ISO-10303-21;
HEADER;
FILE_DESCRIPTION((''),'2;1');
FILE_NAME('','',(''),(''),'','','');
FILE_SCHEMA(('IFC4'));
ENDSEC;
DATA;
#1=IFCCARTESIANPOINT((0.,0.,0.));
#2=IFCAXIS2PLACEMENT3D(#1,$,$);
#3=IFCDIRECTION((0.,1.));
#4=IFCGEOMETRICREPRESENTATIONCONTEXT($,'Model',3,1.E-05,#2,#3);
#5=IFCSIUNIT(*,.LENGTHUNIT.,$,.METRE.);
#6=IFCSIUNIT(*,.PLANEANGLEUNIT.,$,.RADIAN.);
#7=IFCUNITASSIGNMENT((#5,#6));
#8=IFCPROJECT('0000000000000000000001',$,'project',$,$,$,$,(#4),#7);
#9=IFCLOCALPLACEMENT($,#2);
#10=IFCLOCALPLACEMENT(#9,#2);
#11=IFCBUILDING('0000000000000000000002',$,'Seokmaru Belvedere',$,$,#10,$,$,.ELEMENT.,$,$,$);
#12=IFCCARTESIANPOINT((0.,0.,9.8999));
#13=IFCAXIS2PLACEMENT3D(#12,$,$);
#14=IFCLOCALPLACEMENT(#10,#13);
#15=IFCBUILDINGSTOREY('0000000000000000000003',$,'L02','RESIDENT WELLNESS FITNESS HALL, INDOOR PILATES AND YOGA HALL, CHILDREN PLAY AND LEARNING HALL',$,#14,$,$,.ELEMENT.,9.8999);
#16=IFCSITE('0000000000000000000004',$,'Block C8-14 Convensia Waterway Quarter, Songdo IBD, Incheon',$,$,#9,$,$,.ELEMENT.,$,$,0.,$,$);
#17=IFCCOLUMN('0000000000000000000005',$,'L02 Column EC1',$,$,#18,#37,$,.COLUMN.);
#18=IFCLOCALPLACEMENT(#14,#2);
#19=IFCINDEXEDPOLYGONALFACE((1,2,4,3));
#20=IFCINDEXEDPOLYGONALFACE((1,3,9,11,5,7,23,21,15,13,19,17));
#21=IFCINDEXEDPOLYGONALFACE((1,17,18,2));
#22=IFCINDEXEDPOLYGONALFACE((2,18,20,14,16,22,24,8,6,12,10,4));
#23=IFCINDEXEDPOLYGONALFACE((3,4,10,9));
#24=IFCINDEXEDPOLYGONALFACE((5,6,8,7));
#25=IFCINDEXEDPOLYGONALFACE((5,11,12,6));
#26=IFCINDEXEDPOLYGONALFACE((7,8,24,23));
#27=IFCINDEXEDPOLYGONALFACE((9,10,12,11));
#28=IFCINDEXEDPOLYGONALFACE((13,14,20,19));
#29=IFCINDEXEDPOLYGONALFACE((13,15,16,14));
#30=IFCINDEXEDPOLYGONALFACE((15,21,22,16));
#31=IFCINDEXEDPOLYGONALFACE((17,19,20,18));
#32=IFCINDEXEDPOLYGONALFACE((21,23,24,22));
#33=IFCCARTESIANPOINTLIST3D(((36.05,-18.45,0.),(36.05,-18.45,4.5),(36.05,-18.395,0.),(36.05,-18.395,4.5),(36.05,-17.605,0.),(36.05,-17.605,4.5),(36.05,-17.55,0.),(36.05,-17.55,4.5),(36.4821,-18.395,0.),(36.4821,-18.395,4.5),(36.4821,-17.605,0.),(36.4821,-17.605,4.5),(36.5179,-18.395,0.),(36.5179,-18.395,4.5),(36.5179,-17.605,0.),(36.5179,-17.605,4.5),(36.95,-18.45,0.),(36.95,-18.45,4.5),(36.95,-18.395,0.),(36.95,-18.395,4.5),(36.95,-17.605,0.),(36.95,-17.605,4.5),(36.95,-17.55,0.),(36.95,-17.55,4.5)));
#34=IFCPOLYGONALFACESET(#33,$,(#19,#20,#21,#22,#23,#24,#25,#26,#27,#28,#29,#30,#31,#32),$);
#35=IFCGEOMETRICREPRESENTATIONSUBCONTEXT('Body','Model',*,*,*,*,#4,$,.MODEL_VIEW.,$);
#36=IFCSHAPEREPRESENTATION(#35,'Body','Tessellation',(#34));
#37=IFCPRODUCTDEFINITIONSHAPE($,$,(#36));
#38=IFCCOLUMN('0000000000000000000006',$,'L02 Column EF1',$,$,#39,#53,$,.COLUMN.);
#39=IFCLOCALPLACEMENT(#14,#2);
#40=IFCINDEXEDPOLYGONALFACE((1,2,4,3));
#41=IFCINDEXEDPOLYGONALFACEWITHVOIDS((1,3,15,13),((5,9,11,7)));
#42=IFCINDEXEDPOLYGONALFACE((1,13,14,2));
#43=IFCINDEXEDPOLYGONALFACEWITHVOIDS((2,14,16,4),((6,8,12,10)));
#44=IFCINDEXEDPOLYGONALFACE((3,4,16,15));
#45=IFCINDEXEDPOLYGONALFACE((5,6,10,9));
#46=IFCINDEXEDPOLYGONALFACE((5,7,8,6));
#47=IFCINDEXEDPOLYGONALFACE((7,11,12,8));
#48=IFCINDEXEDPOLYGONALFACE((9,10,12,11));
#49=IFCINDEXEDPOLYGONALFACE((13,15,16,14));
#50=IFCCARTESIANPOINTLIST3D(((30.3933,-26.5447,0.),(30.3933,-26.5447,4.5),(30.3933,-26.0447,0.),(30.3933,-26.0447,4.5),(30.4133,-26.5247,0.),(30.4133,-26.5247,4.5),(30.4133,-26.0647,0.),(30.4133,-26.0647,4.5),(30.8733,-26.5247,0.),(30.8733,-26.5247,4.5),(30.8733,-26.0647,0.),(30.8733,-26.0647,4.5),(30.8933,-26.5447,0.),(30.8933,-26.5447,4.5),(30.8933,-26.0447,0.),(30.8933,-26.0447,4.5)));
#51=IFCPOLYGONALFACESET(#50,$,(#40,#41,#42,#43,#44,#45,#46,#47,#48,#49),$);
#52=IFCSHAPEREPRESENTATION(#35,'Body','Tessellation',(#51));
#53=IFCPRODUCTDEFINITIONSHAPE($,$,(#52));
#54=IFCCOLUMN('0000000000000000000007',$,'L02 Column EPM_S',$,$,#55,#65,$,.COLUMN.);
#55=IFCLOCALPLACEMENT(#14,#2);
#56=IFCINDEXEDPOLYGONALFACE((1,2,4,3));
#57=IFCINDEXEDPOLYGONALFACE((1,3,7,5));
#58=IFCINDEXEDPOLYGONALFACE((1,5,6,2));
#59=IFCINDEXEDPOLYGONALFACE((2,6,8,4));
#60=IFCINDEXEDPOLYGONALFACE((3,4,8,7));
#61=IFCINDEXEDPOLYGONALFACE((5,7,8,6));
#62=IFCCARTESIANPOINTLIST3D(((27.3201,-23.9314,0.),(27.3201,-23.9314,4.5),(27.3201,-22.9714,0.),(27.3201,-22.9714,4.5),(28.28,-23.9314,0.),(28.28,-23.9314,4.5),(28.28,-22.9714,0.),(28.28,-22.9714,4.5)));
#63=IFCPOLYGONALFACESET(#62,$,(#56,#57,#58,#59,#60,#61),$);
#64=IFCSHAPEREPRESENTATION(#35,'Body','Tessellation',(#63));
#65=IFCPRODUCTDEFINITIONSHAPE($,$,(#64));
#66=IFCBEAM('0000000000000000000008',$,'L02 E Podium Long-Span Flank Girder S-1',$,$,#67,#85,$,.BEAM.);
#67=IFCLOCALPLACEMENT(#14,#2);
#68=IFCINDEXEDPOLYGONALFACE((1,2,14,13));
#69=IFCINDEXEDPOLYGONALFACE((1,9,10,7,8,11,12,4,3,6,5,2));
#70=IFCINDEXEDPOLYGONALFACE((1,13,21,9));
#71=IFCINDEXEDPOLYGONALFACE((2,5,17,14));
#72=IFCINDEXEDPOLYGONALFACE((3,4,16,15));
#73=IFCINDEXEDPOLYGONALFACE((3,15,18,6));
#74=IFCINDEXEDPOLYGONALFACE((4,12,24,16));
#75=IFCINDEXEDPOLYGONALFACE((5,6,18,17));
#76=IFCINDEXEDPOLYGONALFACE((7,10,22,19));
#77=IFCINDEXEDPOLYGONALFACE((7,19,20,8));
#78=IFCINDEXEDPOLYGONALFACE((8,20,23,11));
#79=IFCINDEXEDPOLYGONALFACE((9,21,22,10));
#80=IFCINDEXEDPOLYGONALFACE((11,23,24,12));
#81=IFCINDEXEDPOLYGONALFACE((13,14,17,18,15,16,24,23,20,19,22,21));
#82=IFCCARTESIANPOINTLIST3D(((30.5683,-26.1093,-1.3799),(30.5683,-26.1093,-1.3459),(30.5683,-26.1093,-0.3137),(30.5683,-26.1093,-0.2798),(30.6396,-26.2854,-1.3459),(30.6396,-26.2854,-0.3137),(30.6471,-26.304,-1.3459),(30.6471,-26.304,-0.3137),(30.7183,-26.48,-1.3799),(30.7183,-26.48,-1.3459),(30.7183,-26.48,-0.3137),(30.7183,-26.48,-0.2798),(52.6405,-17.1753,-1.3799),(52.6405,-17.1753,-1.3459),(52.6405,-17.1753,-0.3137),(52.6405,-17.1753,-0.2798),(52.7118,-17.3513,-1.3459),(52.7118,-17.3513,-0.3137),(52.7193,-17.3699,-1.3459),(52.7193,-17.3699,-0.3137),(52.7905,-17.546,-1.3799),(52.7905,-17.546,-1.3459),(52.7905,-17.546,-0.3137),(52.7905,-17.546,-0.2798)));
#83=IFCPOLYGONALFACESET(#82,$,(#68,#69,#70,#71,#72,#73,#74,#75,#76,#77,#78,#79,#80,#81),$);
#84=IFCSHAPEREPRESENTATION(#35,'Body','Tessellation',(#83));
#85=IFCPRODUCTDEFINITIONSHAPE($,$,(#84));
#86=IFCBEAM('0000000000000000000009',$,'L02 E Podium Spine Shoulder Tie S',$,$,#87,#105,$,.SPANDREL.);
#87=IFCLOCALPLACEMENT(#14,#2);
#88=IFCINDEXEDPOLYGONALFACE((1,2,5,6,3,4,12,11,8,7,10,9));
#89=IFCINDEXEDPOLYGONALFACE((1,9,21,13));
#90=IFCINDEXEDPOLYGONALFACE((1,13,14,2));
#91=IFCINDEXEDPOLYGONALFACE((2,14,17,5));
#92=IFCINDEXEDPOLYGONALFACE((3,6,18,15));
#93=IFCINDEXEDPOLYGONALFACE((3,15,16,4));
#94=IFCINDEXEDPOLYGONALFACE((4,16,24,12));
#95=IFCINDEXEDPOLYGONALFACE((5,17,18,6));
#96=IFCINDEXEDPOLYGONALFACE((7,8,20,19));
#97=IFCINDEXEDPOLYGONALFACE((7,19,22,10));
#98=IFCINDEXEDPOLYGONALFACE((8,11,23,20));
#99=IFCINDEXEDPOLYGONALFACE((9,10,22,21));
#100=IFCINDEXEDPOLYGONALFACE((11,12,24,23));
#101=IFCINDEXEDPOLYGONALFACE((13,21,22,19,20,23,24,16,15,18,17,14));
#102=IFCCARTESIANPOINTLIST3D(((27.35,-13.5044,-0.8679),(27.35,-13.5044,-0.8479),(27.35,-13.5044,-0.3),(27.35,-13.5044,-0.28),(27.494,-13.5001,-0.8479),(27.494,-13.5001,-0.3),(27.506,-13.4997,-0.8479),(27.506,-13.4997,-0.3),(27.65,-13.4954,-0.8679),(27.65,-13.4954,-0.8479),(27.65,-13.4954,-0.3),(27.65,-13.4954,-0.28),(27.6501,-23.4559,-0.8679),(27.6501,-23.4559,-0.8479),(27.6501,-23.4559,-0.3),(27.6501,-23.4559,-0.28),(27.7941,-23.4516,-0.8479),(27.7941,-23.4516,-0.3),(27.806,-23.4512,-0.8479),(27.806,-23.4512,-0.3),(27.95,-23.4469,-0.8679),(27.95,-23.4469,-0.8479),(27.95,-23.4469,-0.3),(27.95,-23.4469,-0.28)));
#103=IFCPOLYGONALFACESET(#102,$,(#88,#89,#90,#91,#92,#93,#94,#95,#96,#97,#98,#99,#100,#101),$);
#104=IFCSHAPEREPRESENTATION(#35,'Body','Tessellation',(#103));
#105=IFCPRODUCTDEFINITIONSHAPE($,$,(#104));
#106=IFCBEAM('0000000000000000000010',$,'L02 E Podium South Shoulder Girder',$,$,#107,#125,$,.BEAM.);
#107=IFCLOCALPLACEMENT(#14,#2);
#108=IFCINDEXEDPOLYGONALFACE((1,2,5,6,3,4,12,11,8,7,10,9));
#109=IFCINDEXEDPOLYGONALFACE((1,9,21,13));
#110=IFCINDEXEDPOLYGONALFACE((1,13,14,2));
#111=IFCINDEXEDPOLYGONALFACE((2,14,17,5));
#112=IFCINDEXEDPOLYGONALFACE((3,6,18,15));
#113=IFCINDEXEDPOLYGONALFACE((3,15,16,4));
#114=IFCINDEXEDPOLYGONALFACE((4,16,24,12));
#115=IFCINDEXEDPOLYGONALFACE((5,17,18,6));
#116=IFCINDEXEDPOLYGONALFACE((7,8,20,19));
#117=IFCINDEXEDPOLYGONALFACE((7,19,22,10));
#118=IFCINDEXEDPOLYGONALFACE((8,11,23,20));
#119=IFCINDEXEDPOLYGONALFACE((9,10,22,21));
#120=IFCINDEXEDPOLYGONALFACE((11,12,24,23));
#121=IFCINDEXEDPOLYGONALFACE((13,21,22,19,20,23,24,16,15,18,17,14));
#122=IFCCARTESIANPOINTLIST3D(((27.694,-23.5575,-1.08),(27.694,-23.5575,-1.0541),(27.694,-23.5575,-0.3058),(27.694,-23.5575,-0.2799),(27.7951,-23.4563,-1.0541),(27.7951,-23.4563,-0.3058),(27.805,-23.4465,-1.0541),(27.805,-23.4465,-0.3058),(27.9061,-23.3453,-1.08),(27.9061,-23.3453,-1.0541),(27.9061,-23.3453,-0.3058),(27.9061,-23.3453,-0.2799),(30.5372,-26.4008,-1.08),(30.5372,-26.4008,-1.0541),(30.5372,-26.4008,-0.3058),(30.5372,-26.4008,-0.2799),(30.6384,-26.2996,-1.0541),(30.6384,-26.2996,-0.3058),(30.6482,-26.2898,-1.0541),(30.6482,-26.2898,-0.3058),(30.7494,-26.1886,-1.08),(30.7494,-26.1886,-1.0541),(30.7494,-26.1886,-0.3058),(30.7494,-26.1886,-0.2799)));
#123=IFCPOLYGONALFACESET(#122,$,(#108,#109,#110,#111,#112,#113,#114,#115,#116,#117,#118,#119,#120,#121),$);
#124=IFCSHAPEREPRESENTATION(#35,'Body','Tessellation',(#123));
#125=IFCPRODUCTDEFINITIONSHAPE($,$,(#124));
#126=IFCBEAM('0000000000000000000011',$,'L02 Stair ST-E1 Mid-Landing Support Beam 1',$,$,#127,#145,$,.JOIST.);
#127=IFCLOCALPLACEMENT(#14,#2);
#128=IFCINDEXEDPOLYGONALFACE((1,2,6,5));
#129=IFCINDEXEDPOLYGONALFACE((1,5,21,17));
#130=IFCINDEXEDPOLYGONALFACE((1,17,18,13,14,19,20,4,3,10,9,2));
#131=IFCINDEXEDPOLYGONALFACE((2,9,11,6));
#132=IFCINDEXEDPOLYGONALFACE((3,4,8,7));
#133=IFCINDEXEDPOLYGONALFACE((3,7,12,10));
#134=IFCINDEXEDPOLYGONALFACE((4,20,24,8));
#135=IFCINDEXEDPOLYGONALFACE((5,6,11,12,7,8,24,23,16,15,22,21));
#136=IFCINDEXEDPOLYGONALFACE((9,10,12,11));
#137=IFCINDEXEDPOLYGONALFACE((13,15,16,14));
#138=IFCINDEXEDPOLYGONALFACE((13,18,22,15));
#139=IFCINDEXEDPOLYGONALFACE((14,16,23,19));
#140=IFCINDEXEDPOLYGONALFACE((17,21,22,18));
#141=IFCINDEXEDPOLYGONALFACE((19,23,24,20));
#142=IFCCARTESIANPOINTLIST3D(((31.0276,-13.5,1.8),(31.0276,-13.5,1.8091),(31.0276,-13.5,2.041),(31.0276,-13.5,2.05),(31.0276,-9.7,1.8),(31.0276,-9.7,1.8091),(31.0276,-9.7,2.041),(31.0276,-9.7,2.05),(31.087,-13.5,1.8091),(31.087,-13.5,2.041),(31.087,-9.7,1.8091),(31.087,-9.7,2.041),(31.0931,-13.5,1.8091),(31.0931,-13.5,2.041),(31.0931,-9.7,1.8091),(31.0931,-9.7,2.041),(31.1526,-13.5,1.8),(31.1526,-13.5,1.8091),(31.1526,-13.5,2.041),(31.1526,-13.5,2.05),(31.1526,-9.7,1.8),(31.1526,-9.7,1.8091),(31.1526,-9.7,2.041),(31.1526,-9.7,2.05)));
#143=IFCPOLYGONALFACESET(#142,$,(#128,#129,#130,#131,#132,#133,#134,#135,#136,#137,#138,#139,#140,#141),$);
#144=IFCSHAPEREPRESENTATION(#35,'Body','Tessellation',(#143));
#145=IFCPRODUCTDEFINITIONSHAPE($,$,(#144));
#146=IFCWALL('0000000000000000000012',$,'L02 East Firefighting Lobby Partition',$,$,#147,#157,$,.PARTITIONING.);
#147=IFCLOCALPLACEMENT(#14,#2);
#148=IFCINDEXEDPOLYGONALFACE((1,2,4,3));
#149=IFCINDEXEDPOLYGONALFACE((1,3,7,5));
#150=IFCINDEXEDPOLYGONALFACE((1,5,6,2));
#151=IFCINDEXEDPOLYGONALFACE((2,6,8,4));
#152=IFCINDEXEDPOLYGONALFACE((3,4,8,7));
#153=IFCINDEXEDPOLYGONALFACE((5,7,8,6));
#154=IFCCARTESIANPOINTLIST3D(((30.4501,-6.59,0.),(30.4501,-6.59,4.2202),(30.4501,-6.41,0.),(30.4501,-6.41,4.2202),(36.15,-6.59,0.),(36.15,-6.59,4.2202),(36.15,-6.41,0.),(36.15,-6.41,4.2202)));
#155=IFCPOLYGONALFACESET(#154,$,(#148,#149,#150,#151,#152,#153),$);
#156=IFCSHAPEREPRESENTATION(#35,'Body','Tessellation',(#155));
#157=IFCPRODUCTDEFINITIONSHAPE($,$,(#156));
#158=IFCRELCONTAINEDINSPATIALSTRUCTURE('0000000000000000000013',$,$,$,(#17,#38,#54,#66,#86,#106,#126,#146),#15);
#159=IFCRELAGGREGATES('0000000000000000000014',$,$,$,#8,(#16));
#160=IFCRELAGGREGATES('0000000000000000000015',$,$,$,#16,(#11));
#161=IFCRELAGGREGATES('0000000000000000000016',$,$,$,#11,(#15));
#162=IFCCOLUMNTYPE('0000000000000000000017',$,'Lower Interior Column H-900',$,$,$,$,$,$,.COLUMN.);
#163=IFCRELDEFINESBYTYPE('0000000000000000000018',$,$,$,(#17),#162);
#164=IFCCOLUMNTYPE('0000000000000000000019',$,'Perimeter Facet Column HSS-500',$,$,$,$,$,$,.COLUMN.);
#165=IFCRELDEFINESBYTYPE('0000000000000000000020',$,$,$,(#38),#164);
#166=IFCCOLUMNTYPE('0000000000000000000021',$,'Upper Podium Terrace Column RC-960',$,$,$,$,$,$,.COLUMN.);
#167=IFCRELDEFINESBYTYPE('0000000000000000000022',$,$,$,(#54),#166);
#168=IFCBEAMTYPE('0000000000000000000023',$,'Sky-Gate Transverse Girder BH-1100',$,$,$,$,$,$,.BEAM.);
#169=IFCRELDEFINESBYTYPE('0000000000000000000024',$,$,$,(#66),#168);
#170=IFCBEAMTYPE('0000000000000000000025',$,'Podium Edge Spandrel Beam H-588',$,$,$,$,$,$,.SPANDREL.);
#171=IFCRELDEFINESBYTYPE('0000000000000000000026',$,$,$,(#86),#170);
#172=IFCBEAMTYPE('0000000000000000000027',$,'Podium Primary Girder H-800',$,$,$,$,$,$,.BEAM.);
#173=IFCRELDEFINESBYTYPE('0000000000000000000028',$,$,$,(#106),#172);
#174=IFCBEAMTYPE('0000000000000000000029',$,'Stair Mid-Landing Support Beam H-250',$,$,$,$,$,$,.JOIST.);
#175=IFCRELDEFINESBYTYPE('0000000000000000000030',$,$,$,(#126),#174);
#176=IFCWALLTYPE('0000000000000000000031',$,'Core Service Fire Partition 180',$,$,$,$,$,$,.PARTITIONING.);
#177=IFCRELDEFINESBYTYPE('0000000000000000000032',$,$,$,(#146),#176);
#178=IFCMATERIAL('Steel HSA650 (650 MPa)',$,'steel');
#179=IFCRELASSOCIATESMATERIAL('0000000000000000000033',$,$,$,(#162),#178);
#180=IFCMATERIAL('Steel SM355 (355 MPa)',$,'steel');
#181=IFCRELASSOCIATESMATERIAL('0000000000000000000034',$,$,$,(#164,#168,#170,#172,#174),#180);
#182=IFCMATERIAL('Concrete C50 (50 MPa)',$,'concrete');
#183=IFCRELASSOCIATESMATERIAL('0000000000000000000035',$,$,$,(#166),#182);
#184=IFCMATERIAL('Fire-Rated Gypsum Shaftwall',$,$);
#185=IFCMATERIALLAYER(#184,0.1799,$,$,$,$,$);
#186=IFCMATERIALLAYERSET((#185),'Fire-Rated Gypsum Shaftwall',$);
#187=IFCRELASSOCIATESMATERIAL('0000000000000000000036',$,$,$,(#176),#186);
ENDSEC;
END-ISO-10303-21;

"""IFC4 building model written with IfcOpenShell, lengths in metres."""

from ifc_helpers import new_model, si_unit, direction, frame, frame_2d, origin, origin_2d, place, context, subcontext, project, spatial, rectangle, hollow_rectangle, i_section, extrude, source, transform, mapped, material, layer, layer_set, material_profile, profile_set, type_object, type_shapes, element, save


model = new_model("IFC4")

# Units and contexts
model_context = context("Model", 3, precision=1e-05, world=origin(), true_north=direction((0.0, 1.0)))
body_context = subcontext(model_context, "Body", "Model", "MODEL_VIEW")
ifc_project = project(units=[si_unit("LENGTHUNIT", "METRE"), si_unit("PLANEANGLEUNIT", "RADIAN")], contexts=[model_context])

# Site, building, storey
site_placement = place(None, origin())
site = spatial("IfcSite", under=ifc_project, at=site_placement, Name="Block C8-14 Convensia Waterway Quarter, Songdo IBD, Incheon", CompositionType="ELEMENT", RefElevation=0.0)
building_placement = place(site_placement, origin())
building = spatial("IfcBuilding", under=site, at=building_placement, Name="Seokmaru Belvedere", CompositionType="ELEMENT")
storey_placement = place(building_placement, frame((0.0, 0.0, 9.8999)))
storey = spatial("IfcBuildingStorey", under=building, at=storey_placement, Name="L02", Description="RESIDENT WELLNESS FITNESS HALL, INDOOR PILATES AND YOGA HALL, CHILDREN PLAY AND LEARNING HALL", CompositionType="ELEMENT", Elevation=9.8999)

# Columns
ifc_material_1 = material(Name="Steel HSA650 (650 MPa)", Category="steel")
ifc_material_profile_1 = material_profile(ifc_material_1, i_section(OverallWidth=0.8999, OverallDepth=0.8999, WebThickness=0.0359, FlangeThickness=0.0549, at=origin_2d()), Name="H-900x900x36x55")
ifc_profile_set_1 = profile_set([ifc_material_profile_1], Name="Steel HSA650 (650 MPa)")
column_type_1 = type_object("IfcColumnType", Name="Lower Interior Column H-900", PredefinedType="COLUMN", material=ifc_profile_set_1)
shared_shape_1 = source(origin(), body_context, "Body", "SweptSolid", [
    extrude(i_section(OverallWidth=0.8999, OverallDepth=0.8999, WebThickness=0.0359, FlangeThickness=0.0549, at=origin_2d()), origin(), (0.0, 0.0, 1.0), 4.5),
])
type_shapes(column_type_1, [shared_shape_1])
column_1_placement = place(storey_placement, frame((36.5, -18.0, 0.0), z_axis=(0.0, 0.0, 1.0), x_axis=(1.0, 0.0, 0.0)))
element("IfcColumn", 1, at=column_1_placement, inside=storey, type_object=column_type_1, Name="L02 Column EC1", PredefinedType="COLUMN", context=body_context, shape_type="MappedRepresentation", body=[
    mapped(shared_shape_1, transform((0.0, 0.0, 0.0), scale=1.0)),
])
ifc_material_2 = material(Name="Steel SM355 (355 MPa)", Category="steel")
ifc_material_profile_2 = material_profile(ifc_material_2, hollow_rectangle(XDim=0.5, YDim=0.5, WallThickness=0.02, at=origin_2d()), Name="HSS-500x500x20")
ifc_profile_set_2 = profile_set([ifc_material_profile_2], Name="Steel SM355 (355 MPa)")
column_type_2 = type_object("IfcColumnType", Name="Perimeter Facet Column HSS-500", PredefinedType="COLUMN", material=ifc_profile_set_2)
shared_shape_2 = source(origin(), body_context, "Body", "SweptSolid", [
    extrude(hollow_rectangle(XDim=0.5, YDim=0.5, WallThickness=0.02, at=origin_2d()), origin(), (0.0, 0.0, 1.0), 4.5),
])
type_shapes(column_type_2, [shared_shape_2])
column_2_placement = place(storey_placement, frame((30.6433, -26.2947, 0.0), z_axis=(0.0, 0.0, 1.0), x_axis=(1.0, 0.0, 0.0)))
element("IfcColumn", 2, at=column_2_placement, inside=storey, type_object=column_type_2, Name="L02 Column EF1", PredefinedType="COLUMN", context=body_context, shape_type="MappedRepresentation", body=[
    mapped(shared_shape_2, transform((0.0, 0.0, 0.0), scale=1.0)),
])
ifc_material_3 = material(Name="Concrete C50 (50 MPa)", Category="concrete")
ifc_material_profile_3 = material_profile(ifc_material_3, rectangle(XDim=0.96, YDim=0.96, at=origin_2d()), Name="RC-960x960")
ifc_profile_set_3 = profile_set([ifc_material_profile_3], Name="Concrete C50 (50 MPa)")
column_type_3 = type_object("IfcColumnType", Name="Upper Podium Terrace Column RC-960", PredefinedType="COLUMN", material=ifc_profile_set_3)
shared_shape_3 = source(origin(), body_context, "Body", "SweptSolid", [
    extrude(rectangle(XDim=0.96, YDim=0.96, at=origin_2d()), origin(), (0.0, 0.0, 1.0), 4.5),
])
type_shapes(column_type_3, [shared_shape_3])
column_3_placement = place(storey_placement, frame((27.8, -23.4514, 0.0), z_axis=(0.0, 0.0, 1.0), x_axis=(1.0, 0.0, 0.0)))
element("IfcColumn", 3, at=column_3_placement, inside=storey, type_object=column_type_3, Name="L02 Column EPM_S", PredefinedType="COLUMN", context=body_context, shape_type="MappedRepresentation", body=[
    mapped(shared_shape_3, transform((0.0, 0.0, 0.0), scale=1.0)),
])

# Beams
ifc_material_profile_4 = material_profile(ifc_material_2, i_section(OverallWidth=0.3999, OverallDepth=1.1001, WebThickness=0.02, FlangeThickness=0.0339, at=origin_2d()), Name="BH-1100x400x20x34")
ifc_profile_set_4 = profile_set([ifc_material_profile_4], Name="Steel SM355 (355 MPa)")
beam_type_1 = type_object("IfcBeamType", Name="Sky-Gate Transverse Girder BH-1100", PredefinedType="BEAM", material=ifc_profile_set_4)
shared_shape_4 = source(origin(), body_context, "Body", "SweptSolid", [
    extrude(i_section(OverallWidth=0.3999, OverallDepth=1.1001, WebThickness=0.02, FlangeThickness=0.0339, at=origin_2d()), origin(), (0.0, 0.0, 1.0), 23.8118),
])
type_shapes(beam_type_1, [shared_shape_4])
beam_1_placement = place(storey_placement, frame((30.6433, -26.2947, -0.8298), z_axis=(0.926946, 0.375195, 0.0), x_axis=(-0.375195, 0.926946, 0.0)))
element("IfcBeam", 4, at=beam_1_placement, inside=storey, type_object=beam_type_1, Name="L02 E Podium Long-Span Flank Girder S-1", PredefinedType="BEAM", context=body_context, shape_type="MappedRepresentation", body=[
    mapped(shared_shape_4, transform((0.0, 0.0, 0.0), scale=1.0)),
])
ifc_material_profile_5 = material_profile(ifc_material_2, i_section(OverallWidth=0.3, OverallDepth=0.5879, WebThickness=0.012, FlangeThickness=0.02, at=origin_2d()), Name="H-588x300x12x20")
ifc_profile_set_5 = profile_set([ifc_material_profile_5], Name="Steel SM355 (355 MPa)")
beam_type_2 = type_object("IfcBeamType", Name="Podium Edge Spandrel Beam H-588", PredefinedType="SPANDREL", material=ifc_profile_set_5)
shared_shape_5 = source(origin(), body_context, "Body", "SweptSolid", [
    extrude(i_section(OverallWidth=0.3, OverallDepth=0.5879, WebThickness=0.012, FlangeThickness=0.02, at=origin_2d()), origin(), (0.0, 0.0, 1.0), 9.9561),
])
type_shapes(beam_type_2, [shared_shape_5])
beam_2_placement = place(storey_placement, frame((27.8, -23.4514, -0.574), z_axis=(-0.030138, 0.999546, 0.0), x_axis=(-0.999546, -0.030138, 0.0)))
element("IfcBeam", 5, at=beam_2_placement, inside=storey, type_object=beam_type_2, Name="L02 E Podium Spine Shoulder Tie S", PredefinedType="SPANDREL", context=body_context, shape_type="MappedRepresentation", body=[
    mapped(shared_shape_5, transform((0.0, 0.0, 0.0), scale=1.0)),
])
ifc_material_profile_6 = material_profile(ifc_material_2, i_section(OverallWidth=0.3, OverallDepth=0.8, WebThickness=0.0139, FlangeThickness=0.0259, at=origin_2d()), Name="H-800x300x14x26")
ifc_profile_set_6 = profile_set([ifc_material_profile_6], Name="Steel SM355 (355 MPa)")
beam_type_3 = type_object("IfcBeamType", Name="Podium Primary Girder H-800", PredefinedType="BEAM", material=ifc_profile_set_6)
shared_shape_6 = source(origin(), body_context, "Body", "SweptSolid", [
    extrude(i_section(OverallWidth=0.3, OverallDepth=0.8, WebThickness=0.0139, FlangeThickness=0.0259, at=origin_2d()), origin(), (0.0, 0.0, 1.0), 4.021),
])
type_shapes(beam_type_3, [shared_shape_6])
beam_3_placement = place(storey_placement, frame((30.6433, -26.2947, -0.6799), z_axis=(-0.707107, 0.707107, 0.0), x_axis=(-0.707107, -0.707107, 0.0)))
element("IfcBeam", 6, at=beam_3_placement, inside=storey, type_object=beam_type_3, Name="L02 E Podium South Shoulder Girder", PredefinedType="BEAM", context=body_context, shape_type="MappedRepresentation", body=[
    mapped(shared_shape_6, transform((0.0, 0.0, 0.0), scale=1.0)),
])
ifc_material_profile_7 = material_profile(ifc_material_2, i_section(OverallWidth=0.125, OverallDepth=0.25, WebThickness=0.0061, FlangeThickness=0.009, at=origin_2d()), Name="H-250x125x6x9")
ifc_profile_set_7 = profile_set([ifc_material_profile_7], Name="Steel SM355 (355 MPa)")
beam_type_4 = type_object("IfcBeamType", Name="Stair Mid-Landing Support Beam H-250", PredefinedType="JOIST", material=ifc_profile_set_7)
shared_shape_7 = source(origin(), body_context, "Body", "SweptSolid", [
    extrude(i_section(OverallWidth=0.125, OverallDepth=0.25, WebThickness=0.0061, FlangeThickness=0.009, at=origin_2d()), origin(), (0.0, 0.0, 1.0), 3.8),
])
type_shapes(beam_type_4, [shared_shape_7])
beam_4_placement = place(storey_placement, frame((31.0901, -13.5, 1.925), z_axis=(0.0, 1.0, 0.0), x_axis=(-1.0, 0.0, 0.0)))
element("IfcBeam", 7, at=beam_4_placement, inside=storey, type_object=beam_type_4, Name="L02 Stair ST-E1 Mid-Landing Support Beam 1", PredefinedType="JOIST", context=body_context, shape_type="MappedRepresentation", body=[
    mapped(shared_shape_7, transform((0.0, 0.0, 0.0), scale=1.0)),
])

# Wall
ifc_material_4 = material(Name="Fire-Rated Gypsum Shaftwall")
ifc_layer_1 = layer(ifc_material_4, 0.1799)
ifc_layer_set_1 = layer_set([ifc_layer_1], Name="Fire-Rated Gypsum Shaftwall")
wall_type_1 = type_object("IfcWallType", Name="Core Service Fire Partition 180", PredefinedType="PARTITIONING", material=ifc_layer_set_1)
wall_1_placement = place(storey_placement, frame((30.45, -6.5, 0.0), z_axis=(0.0, 0.0, 1.0), x_axis=(1.0, 0.0, 0.0)))
element("IfcWall", 8, at=wall_1_placement, inside=storey, type_object=wall_type_1, Name="L02 East Firefighting Lobby Partition", PredefinedType="PARTITIONING", context=body_context, shape_type="SweptSolid", body=[
    extrude(rectangle(XDim=5.7, YDim=0.1799, at=frame_2d((2.8501, 0.0))), origin(), (0.0, 0.0, 1.0), 4.2202),
])

save(model, "model.ifc")
